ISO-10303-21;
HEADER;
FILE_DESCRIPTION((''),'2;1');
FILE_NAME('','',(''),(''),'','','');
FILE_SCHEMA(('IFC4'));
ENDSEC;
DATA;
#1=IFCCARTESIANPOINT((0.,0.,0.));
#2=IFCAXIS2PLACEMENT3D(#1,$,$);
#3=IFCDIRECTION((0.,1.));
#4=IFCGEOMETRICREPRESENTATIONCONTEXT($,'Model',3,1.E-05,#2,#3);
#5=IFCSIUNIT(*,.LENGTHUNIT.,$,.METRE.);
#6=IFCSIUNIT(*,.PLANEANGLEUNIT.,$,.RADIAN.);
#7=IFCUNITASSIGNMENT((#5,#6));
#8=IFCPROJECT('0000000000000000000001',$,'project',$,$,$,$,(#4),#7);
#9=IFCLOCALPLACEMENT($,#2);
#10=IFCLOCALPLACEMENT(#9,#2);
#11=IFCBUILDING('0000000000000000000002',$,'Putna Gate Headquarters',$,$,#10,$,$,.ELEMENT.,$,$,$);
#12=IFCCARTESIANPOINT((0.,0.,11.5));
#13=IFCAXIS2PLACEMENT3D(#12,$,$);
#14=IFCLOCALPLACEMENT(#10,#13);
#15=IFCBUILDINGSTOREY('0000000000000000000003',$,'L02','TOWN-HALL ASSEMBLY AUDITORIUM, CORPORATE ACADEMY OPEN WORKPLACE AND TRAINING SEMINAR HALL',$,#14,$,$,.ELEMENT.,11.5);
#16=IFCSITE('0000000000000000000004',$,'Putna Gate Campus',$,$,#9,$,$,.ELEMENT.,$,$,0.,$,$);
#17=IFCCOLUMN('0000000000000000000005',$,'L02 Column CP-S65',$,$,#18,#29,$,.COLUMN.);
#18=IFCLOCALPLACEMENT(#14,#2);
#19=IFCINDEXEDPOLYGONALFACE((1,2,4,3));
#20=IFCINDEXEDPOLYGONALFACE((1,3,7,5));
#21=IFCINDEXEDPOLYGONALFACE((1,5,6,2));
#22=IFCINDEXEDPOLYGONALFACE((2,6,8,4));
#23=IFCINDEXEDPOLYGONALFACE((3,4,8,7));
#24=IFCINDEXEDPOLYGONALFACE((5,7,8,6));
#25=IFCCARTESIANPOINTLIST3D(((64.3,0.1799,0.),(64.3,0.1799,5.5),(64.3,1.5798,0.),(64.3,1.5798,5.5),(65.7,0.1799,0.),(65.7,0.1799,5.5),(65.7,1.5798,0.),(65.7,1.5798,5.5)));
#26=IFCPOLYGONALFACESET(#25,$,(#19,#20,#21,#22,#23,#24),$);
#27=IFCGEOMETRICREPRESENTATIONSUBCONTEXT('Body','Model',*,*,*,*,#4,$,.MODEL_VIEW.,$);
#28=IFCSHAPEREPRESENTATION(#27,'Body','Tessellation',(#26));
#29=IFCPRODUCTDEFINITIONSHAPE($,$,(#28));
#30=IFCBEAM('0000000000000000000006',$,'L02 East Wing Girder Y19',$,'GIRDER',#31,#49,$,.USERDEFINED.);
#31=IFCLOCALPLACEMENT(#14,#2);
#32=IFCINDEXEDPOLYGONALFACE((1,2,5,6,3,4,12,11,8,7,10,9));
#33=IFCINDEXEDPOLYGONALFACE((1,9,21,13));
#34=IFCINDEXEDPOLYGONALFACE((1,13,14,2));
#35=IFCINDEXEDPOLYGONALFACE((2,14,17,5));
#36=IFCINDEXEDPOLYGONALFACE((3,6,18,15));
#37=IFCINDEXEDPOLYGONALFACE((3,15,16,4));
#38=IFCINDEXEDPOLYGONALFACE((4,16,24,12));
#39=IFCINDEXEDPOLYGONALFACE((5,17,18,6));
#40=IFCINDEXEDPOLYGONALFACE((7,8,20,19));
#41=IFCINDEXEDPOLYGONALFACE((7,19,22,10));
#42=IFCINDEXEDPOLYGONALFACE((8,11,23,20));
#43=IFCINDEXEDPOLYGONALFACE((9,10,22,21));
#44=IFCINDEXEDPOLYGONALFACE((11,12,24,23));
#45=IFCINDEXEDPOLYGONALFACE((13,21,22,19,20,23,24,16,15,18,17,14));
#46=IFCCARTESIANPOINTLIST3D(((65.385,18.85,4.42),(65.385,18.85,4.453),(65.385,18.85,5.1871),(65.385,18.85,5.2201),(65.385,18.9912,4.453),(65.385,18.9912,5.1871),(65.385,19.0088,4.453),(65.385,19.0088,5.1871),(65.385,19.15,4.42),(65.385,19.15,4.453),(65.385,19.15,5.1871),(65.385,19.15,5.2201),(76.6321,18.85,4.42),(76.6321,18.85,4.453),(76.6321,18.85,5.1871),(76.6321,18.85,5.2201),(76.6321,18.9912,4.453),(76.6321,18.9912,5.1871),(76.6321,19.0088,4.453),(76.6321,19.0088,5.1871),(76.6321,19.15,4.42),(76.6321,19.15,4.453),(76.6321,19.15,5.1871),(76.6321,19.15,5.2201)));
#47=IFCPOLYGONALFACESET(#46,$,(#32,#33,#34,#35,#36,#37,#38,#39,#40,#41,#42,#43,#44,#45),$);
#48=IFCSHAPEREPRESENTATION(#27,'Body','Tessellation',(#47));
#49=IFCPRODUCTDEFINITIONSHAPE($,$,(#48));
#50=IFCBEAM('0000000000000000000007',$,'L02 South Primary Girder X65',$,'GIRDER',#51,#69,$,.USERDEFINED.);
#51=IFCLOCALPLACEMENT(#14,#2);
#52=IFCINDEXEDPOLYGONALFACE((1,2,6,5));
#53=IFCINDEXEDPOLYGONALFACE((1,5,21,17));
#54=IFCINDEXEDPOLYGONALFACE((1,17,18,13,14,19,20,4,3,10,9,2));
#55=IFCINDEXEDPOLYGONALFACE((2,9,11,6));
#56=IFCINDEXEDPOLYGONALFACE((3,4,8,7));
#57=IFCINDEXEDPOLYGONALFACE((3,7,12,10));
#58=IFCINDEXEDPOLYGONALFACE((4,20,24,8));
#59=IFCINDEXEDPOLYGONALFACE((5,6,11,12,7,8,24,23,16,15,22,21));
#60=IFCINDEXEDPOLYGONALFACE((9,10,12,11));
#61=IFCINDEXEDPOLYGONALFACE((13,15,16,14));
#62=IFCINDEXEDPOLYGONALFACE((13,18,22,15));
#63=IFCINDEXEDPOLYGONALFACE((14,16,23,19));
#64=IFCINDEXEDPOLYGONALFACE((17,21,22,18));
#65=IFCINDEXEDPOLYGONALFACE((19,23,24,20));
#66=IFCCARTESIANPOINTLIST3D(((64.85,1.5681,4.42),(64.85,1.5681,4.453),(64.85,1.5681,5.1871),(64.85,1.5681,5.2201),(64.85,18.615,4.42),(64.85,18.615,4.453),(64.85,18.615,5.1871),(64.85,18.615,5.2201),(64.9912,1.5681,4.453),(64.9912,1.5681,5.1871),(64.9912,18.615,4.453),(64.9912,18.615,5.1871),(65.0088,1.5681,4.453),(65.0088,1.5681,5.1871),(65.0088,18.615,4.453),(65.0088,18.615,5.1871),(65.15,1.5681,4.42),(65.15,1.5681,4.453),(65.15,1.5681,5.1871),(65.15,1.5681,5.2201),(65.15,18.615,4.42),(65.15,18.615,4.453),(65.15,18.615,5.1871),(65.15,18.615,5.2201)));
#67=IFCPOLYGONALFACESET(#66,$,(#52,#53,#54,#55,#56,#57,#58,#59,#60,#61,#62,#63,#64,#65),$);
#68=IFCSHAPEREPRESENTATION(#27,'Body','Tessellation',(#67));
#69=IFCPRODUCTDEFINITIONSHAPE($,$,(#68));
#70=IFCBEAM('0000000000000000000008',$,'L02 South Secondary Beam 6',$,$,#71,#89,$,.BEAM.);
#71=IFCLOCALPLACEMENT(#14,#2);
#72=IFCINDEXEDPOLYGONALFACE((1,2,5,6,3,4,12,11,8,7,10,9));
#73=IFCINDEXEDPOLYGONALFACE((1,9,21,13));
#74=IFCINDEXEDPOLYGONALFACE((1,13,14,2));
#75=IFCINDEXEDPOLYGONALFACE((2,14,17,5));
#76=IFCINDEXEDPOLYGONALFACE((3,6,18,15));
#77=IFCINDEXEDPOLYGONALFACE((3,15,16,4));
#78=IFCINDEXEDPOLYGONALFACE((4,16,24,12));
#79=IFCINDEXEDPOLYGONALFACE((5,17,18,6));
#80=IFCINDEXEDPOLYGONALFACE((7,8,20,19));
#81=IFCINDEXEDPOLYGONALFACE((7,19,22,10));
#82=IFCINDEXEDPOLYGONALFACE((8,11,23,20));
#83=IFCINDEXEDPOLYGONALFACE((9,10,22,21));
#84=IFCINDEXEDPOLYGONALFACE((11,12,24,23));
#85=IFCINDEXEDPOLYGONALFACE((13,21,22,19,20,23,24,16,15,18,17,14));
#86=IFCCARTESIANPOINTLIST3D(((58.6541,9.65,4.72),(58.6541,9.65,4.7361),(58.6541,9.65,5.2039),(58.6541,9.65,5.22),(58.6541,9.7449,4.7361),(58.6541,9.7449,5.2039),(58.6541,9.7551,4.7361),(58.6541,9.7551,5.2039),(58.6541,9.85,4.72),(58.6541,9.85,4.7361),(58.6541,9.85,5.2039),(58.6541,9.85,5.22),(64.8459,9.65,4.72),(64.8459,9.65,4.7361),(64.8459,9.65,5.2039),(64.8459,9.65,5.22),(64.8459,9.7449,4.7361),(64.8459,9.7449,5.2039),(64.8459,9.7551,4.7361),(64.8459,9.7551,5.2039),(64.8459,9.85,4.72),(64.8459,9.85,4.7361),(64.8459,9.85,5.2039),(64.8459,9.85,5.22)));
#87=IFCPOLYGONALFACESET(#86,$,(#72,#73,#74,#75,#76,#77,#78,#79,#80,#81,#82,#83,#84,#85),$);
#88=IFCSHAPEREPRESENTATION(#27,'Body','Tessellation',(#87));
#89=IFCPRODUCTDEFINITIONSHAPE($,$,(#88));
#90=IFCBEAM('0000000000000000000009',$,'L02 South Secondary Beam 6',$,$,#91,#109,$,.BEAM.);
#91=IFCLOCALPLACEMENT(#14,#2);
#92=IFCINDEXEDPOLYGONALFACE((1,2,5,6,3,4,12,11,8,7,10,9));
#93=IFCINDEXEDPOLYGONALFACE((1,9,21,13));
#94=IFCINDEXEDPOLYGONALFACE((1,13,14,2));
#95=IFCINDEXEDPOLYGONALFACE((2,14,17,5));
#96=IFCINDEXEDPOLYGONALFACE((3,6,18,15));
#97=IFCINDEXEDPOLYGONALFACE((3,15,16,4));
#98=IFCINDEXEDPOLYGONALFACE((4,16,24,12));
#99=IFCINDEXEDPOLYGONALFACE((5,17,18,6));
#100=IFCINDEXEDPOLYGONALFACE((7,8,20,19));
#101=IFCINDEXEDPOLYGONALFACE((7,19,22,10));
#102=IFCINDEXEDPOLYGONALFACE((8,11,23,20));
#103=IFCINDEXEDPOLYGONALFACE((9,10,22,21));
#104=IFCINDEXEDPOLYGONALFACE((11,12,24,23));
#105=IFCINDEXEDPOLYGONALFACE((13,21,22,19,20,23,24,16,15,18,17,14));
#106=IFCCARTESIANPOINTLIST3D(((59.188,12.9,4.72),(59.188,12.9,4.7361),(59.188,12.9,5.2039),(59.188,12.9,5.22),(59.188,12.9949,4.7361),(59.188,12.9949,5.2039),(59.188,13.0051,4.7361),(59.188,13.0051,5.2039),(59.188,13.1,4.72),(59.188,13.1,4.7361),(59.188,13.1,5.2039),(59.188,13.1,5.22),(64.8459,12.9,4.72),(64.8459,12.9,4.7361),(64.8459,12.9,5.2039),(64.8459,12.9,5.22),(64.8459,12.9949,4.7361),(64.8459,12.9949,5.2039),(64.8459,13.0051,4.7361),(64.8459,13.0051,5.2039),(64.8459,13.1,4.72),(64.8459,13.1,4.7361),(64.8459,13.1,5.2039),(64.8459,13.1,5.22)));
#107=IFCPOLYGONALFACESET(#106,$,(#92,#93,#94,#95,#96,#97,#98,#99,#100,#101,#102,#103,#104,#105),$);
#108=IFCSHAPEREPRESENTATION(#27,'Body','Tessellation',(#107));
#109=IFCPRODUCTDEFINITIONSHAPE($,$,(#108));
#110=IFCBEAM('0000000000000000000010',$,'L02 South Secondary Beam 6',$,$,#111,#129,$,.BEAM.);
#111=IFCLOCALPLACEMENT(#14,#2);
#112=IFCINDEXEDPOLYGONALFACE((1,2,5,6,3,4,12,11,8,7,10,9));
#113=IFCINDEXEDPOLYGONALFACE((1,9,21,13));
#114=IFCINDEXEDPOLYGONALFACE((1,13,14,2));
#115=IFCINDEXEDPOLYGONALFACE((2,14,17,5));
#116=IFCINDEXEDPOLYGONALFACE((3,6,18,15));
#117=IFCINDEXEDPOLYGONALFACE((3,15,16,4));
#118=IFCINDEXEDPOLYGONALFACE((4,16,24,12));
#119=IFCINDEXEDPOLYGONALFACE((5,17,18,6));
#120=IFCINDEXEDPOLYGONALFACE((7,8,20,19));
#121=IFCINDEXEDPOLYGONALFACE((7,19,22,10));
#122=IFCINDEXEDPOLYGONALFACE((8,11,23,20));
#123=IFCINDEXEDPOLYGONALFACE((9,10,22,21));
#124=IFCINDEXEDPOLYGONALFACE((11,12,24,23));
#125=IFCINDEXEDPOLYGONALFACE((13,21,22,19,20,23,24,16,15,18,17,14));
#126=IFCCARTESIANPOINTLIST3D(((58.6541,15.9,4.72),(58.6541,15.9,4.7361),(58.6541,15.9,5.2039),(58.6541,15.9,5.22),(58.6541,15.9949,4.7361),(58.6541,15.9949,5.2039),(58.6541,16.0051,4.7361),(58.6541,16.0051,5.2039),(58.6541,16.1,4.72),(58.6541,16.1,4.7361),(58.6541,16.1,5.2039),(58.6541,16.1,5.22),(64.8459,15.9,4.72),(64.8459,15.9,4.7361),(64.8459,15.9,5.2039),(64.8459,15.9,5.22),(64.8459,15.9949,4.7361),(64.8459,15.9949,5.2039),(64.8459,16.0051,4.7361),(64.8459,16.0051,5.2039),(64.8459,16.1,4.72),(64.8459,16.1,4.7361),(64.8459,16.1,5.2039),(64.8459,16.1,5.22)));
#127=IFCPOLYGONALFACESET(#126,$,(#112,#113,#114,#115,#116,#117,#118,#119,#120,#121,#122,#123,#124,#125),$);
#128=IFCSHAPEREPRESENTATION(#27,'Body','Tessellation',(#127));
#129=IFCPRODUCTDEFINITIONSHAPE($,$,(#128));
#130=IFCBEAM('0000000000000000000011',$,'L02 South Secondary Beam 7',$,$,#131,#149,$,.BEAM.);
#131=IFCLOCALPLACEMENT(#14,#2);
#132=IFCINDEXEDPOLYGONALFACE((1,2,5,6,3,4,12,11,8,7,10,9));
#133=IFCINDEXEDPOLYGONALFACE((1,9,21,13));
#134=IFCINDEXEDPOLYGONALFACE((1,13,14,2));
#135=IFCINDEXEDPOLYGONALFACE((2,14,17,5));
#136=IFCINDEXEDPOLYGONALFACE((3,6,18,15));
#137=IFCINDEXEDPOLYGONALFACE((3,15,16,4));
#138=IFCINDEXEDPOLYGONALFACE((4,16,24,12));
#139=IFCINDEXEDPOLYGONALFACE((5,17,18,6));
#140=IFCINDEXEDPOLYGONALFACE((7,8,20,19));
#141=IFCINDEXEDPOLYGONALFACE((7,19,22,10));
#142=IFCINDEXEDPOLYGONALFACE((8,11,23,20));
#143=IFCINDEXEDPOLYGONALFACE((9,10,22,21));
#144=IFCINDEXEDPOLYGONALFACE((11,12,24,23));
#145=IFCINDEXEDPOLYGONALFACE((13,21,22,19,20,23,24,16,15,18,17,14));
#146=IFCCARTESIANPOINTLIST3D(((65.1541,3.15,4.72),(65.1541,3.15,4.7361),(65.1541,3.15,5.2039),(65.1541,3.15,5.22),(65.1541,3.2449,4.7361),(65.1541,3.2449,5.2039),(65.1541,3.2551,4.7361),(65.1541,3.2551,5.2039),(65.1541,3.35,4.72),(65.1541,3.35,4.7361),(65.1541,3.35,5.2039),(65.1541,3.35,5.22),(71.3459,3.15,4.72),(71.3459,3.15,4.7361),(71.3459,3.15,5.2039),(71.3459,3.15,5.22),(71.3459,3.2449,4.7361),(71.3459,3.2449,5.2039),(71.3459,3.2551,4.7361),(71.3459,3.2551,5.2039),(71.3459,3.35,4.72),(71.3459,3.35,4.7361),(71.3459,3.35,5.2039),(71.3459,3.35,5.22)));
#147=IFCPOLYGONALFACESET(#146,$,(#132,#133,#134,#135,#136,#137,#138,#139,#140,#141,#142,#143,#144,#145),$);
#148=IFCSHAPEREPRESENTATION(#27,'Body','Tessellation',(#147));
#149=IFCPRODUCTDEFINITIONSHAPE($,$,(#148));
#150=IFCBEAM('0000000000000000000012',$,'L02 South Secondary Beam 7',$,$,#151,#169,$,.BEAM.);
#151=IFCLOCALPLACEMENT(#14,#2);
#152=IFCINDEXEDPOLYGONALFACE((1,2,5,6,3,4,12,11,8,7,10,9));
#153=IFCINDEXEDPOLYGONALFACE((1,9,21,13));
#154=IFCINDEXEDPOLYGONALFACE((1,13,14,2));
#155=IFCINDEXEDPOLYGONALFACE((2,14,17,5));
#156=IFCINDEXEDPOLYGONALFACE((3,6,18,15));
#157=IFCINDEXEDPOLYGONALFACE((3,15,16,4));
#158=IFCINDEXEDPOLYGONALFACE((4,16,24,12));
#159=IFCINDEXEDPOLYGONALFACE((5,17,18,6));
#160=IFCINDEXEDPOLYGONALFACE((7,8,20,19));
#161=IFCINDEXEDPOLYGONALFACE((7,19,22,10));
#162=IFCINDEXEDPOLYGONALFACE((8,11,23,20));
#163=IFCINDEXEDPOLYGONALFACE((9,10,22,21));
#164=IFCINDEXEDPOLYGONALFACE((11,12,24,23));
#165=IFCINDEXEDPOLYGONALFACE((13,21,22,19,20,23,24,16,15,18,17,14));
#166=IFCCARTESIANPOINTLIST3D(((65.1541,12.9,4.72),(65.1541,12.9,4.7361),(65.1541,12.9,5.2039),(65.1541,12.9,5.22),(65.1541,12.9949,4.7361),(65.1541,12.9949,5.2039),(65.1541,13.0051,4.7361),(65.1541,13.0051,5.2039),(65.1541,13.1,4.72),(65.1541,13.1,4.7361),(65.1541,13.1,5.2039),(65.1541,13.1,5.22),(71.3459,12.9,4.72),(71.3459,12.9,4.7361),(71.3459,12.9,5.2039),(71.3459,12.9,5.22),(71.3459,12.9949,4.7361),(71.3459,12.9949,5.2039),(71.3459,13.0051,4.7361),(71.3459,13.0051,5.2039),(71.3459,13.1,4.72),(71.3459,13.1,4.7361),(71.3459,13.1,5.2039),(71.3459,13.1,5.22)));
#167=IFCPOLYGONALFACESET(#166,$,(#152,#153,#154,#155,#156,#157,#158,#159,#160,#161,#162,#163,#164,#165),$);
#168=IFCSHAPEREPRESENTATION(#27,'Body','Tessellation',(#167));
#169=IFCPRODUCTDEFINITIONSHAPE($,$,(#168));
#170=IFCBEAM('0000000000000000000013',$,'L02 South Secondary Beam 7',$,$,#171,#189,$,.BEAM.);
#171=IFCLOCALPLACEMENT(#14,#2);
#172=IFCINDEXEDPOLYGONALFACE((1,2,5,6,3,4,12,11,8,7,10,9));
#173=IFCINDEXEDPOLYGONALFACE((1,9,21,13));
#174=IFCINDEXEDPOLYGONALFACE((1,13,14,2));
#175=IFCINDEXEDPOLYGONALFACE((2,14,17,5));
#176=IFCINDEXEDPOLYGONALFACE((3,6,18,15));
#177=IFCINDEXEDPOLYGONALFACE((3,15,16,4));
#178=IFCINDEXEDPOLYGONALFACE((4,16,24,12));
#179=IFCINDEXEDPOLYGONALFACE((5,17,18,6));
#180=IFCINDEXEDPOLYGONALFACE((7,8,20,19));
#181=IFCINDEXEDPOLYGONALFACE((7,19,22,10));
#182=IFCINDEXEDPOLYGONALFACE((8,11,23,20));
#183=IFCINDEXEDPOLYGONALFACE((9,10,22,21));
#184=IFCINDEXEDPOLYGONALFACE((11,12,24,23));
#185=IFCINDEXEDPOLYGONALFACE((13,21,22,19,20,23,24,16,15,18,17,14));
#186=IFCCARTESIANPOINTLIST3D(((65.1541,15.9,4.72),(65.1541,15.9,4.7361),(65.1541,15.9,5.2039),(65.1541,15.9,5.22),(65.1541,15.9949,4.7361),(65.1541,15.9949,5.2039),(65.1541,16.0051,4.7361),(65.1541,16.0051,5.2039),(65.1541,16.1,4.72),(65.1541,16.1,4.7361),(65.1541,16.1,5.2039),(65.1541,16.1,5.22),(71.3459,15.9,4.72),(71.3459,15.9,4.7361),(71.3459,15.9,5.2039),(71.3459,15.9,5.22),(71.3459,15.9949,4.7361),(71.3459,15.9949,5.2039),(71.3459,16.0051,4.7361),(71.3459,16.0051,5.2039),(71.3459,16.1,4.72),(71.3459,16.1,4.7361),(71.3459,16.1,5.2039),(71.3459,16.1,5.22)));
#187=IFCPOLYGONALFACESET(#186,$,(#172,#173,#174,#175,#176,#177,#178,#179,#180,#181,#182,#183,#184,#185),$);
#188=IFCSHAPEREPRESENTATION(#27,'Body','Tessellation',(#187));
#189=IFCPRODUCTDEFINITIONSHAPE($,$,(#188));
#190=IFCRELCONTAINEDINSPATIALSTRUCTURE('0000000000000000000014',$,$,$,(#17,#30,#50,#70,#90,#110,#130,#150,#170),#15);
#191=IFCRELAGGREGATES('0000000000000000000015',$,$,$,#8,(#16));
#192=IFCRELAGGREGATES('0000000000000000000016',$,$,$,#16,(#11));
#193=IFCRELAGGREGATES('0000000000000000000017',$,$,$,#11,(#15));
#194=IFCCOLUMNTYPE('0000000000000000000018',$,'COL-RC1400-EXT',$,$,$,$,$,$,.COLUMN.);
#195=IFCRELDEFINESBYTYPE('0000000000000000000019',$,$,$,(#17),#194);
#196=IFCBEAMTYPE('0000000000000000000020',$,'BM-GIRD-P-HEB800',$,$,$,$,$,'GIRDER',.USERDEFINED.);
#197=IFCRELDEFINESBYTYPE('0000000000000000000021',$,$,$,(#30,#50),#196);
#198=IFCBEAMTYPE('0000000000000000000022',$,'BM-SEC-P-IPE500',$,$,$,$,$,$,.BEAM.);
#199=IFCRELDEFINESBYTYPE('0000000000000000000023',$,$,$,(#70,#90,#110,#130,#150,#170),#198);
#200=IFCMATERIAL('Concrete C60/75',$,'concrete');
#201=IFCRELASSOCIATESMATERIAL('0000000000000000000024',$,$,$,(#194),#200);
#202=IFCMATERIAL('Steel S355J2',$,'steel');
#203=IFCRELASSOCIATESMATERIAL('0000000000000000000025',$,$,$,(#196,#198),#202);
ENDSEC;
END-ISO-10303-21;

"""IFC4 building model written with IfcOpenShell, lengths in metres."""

from ifc_helpers import new_model, si_unit, direction, frame, origin, origin_2d, place, context, subcontext, project, spatial, rectangle, i_section, extrude, material, material_profile, profile_set, type_object, element, save


model = new_model("IFC4")

# Units and contexts
model_context = context("Model", 3, precision=1e-05, world=origin(), true_north=direction((0.0, 1.0)))
body_context = subcontext(model_context, "Body", "Model", "MODEL_VIEW")
ifc_project = project(units=[si_unit("LENGTHUNIT", "METRE"), si_unit("PLANEANGLEUNIT", "RADIAN")], contexts=[model_context])

# Site, building, storey
site_placement = place(None, origin())
site = spatial("IfcSite", under=ifc_project, at=site_placement, Name="Putna Gate Campus", CompositionType="ELEMENT", RefElevation=0.0)
building_placement = place(site_placement, origin())
building = spatial("IfcBuilding", under=site, at=building_placement, Name="Putna Gate Headquarters", CompositionType="ELEMENT")
storey_placement = place(building_placement, frame((0.0, 0.0, 11.5)))
storey = spatial("IfcBuildingStorey", under=building, at=storey_placement, Name="L02", Description="TOWN-HALL ASSEMBLY AUDITORIUM, CORPORATE ACADEMY OPEN WORKPLACE AND TRAINING SEMINAR HALL", CompositionType="ELEMENT", Elevation=11.5)

# Column
ifc_material_1 = material(Name="Concrete C60/75", Category="concrete")
ifc_material_profile_1 = material_profile(ifc_material_1, rectangle(XDim=1.3999, YDim=1.3999, at=origin_2d()), Name="Concrete C60/75")
ifc_profile_set_1 = profile_set([ifc_material_profile_1], Name="Concrete C60/75")
column_type = type_object("IfcColumnType", Name="COL-RC1400-EXT", PredefinedType="COLUMN", material=ifc_profile_set_1)
column_placement = place(storey_placement, frame((65.0, 0.8799, 0.0), z_axis=(0.0, 0.0, 1.0), x_axis=(1.0, 0.0, 0.0)))
element("IfcColumn", 1, at=column_placement, inside=storey, type_object=column_type, Name="L02 Column CP-S65", PredefinedType="COLUMN", context=body_context, shape_type="SweptSolid", body=[
    extrude(rectangle(XDim=1.3999, YDim=1.3999, at=origin_2d()), origin(), (0.0, 0.0, 1.0), 5.5),
])

# Beams
ifc_material_2 = material(Name="Steel S355J2", Category="steel")
ifc_material_profile_2 = material_profile(ifc_material_2, i_section(OverallWidth=0.3, OverallDepth=0.8, WebThickness=0.0176, FlangeThickness=0.033, at=origin_2d()), Name="Steel S355J2")
ifc_profile_set_2 = profile_set([ifc_material_profile_2], Name="Steel S355J2")
beam_type_1 = type_object("IfcBeamType", Name="BM-GIRD-P-HEB800", ElementType="GIRDER", PredefinedType="USERDEFINED", material=ifc_profile_set_2)
beam_1_placement = place(storey_placement, frame((65.385, 19.0, 4.8201), z_axis=(1.0, 0.0, 0.0), x_axis=(0.0, 1.0, 0.0)))
element("IfcBeam", 2, at=beam_1_placement, inside=storey, type_object=beam_type_1, Name="L02 East Wing Girder Y19", ObjectType="GIRDER", PredefinedType="USERDEFINED", context=body_context, shape_type="SweptSolid", body=[
    extrude(i_section(OverallWidth=0.3, OverallDepth=0.8, WebThickness=0.0176, FlangeThickness=0.033, at=origin_2d()), origin(), (0.0, 0.0, 1.0), 11.2471),
])
beam_2_placement = place(storey_placement, frame((65.0, 1.5681, 4.8201), z_axis=(0.0, 1.0, 0.0), x_axis=(-1.0, 0.0, 0.0)))
element("IfcBeam", 3, at=beam_2_placement, inside=storey, type_object=beam_type_1, Name="L02 South Primary Girder X65", ObjectType="GIRDER", PredefinedType="USERDEFINED", context=body_context, shape_type="SweptSolid", body=[
    extrude(i_section(OverallWidth=0.3, OverallDepth=0.8, WebThickness=0.0176, FlangeThickness=0.033, at=origin_2d()), origin(), (0.0, 0.0, 1.0), 17.0469),
])
ifc_material_profile_3 = material_profile(ifc_material_2, i_section(OverallWidth=0.2, OverallDepth=0.5, WebThickness=0.0103, FlangeThickness=0.0161, at=origin_2d()), Name="Steel S355J2")
ifc_profile_set_3 = profile_set([ifc_material_profile_3], Name="Steel S355J2")
beam_type_2 = type_object("IfcBeamType", Name="BM-SEC-P-IPE500", PredefinedType="BEAM", material=ifc_profile_set_3)
beam_3_placement = place(storey_placement, frame((58.6541, 9.75, 4.97), z_axis=(1.0, 0.0, 0.0), x_axis=(0.0, 1.0, 0.0)))
element("IfcBeam", 4, at=beam_3_placement, inside=storey, type_object=beam_type_2, Name="L02 South Secondary Beam 6", PredefinedType="BEAM", context=body_context, shape_type="SweptSolid", body=[
    extrude(i_section(OverallWidth=0.2, OverallDepth=0.5, WebThickness=0.0103, FlangeThickness=0.0161, at=origin_2d()), origin(), (0.0, 0.0, 1.0), 6.1919),
])
beam_4_placement = place(storey_placement, frame((59.188, 13.0, 4.97), z_axis=(1.0, 0.0, 0.0), x_axis=(0.0, 1.0, 0.0)))
element("IfcBeam", 5, at=beam_4_placement, inside=storey, type_object=beam_type_2, Name="L02 South Secondary Beam 6", PredefinedType="BEAM", context=body_context, shape_type="SweptSolid", body=[
    extrude(i_section(OverallWidth=0.2, OverallDepth=0.5, WebThickness=0.0103, FlangeThickness=0.0161, at=origin_2d()), origin(), (0.0, 0.0, 1.0), 5.658),
])
for number, where, z_axis, x_axis, name in (
    (6, (58.6541, 16.0, 4.97), (1.0, 0.0, 0.0), (0.0, 1.0, 0.0), "L02 South Secondary Beam 6"),
    (7, (65.1541, 3.25, 4.97), (1.0, 0.0, 0.0), (0.0, 1.0, 0.0), "L02 South Secondary Beam 7"),
    (8, (65.1541, 13.0, 4.97), (1.0, 0.0, 0.0), (0.0, 1.0, 0.0), "L02 South Secondary Beam 7"),
    (9, (65.1541, 16.0, 4.97), (1.0, 0.0, 0.0), (0.0, 1.0, 0.0), "L02 South Secondary Beam 7"),
):
    element("IfcBeam", number, at=place(storey_placement, frame(where, z_axis=z_axis, x_axis=x_axis)), inside=storey, type_object=beam_type_2, Name=name, PredefinedType="BEAM", context=body_context, shape_type="SweptSolid", body=[
        extrude(i_section(OverallWidth=0.2, OverallDepth=0.5, WebThickness=0.0103, FlangeThickness=0.0161, at=origin_2d()), origin(), (0.0, 0.0, 1.0), 6.1919),
    ])

save(model, "model.ifc")
